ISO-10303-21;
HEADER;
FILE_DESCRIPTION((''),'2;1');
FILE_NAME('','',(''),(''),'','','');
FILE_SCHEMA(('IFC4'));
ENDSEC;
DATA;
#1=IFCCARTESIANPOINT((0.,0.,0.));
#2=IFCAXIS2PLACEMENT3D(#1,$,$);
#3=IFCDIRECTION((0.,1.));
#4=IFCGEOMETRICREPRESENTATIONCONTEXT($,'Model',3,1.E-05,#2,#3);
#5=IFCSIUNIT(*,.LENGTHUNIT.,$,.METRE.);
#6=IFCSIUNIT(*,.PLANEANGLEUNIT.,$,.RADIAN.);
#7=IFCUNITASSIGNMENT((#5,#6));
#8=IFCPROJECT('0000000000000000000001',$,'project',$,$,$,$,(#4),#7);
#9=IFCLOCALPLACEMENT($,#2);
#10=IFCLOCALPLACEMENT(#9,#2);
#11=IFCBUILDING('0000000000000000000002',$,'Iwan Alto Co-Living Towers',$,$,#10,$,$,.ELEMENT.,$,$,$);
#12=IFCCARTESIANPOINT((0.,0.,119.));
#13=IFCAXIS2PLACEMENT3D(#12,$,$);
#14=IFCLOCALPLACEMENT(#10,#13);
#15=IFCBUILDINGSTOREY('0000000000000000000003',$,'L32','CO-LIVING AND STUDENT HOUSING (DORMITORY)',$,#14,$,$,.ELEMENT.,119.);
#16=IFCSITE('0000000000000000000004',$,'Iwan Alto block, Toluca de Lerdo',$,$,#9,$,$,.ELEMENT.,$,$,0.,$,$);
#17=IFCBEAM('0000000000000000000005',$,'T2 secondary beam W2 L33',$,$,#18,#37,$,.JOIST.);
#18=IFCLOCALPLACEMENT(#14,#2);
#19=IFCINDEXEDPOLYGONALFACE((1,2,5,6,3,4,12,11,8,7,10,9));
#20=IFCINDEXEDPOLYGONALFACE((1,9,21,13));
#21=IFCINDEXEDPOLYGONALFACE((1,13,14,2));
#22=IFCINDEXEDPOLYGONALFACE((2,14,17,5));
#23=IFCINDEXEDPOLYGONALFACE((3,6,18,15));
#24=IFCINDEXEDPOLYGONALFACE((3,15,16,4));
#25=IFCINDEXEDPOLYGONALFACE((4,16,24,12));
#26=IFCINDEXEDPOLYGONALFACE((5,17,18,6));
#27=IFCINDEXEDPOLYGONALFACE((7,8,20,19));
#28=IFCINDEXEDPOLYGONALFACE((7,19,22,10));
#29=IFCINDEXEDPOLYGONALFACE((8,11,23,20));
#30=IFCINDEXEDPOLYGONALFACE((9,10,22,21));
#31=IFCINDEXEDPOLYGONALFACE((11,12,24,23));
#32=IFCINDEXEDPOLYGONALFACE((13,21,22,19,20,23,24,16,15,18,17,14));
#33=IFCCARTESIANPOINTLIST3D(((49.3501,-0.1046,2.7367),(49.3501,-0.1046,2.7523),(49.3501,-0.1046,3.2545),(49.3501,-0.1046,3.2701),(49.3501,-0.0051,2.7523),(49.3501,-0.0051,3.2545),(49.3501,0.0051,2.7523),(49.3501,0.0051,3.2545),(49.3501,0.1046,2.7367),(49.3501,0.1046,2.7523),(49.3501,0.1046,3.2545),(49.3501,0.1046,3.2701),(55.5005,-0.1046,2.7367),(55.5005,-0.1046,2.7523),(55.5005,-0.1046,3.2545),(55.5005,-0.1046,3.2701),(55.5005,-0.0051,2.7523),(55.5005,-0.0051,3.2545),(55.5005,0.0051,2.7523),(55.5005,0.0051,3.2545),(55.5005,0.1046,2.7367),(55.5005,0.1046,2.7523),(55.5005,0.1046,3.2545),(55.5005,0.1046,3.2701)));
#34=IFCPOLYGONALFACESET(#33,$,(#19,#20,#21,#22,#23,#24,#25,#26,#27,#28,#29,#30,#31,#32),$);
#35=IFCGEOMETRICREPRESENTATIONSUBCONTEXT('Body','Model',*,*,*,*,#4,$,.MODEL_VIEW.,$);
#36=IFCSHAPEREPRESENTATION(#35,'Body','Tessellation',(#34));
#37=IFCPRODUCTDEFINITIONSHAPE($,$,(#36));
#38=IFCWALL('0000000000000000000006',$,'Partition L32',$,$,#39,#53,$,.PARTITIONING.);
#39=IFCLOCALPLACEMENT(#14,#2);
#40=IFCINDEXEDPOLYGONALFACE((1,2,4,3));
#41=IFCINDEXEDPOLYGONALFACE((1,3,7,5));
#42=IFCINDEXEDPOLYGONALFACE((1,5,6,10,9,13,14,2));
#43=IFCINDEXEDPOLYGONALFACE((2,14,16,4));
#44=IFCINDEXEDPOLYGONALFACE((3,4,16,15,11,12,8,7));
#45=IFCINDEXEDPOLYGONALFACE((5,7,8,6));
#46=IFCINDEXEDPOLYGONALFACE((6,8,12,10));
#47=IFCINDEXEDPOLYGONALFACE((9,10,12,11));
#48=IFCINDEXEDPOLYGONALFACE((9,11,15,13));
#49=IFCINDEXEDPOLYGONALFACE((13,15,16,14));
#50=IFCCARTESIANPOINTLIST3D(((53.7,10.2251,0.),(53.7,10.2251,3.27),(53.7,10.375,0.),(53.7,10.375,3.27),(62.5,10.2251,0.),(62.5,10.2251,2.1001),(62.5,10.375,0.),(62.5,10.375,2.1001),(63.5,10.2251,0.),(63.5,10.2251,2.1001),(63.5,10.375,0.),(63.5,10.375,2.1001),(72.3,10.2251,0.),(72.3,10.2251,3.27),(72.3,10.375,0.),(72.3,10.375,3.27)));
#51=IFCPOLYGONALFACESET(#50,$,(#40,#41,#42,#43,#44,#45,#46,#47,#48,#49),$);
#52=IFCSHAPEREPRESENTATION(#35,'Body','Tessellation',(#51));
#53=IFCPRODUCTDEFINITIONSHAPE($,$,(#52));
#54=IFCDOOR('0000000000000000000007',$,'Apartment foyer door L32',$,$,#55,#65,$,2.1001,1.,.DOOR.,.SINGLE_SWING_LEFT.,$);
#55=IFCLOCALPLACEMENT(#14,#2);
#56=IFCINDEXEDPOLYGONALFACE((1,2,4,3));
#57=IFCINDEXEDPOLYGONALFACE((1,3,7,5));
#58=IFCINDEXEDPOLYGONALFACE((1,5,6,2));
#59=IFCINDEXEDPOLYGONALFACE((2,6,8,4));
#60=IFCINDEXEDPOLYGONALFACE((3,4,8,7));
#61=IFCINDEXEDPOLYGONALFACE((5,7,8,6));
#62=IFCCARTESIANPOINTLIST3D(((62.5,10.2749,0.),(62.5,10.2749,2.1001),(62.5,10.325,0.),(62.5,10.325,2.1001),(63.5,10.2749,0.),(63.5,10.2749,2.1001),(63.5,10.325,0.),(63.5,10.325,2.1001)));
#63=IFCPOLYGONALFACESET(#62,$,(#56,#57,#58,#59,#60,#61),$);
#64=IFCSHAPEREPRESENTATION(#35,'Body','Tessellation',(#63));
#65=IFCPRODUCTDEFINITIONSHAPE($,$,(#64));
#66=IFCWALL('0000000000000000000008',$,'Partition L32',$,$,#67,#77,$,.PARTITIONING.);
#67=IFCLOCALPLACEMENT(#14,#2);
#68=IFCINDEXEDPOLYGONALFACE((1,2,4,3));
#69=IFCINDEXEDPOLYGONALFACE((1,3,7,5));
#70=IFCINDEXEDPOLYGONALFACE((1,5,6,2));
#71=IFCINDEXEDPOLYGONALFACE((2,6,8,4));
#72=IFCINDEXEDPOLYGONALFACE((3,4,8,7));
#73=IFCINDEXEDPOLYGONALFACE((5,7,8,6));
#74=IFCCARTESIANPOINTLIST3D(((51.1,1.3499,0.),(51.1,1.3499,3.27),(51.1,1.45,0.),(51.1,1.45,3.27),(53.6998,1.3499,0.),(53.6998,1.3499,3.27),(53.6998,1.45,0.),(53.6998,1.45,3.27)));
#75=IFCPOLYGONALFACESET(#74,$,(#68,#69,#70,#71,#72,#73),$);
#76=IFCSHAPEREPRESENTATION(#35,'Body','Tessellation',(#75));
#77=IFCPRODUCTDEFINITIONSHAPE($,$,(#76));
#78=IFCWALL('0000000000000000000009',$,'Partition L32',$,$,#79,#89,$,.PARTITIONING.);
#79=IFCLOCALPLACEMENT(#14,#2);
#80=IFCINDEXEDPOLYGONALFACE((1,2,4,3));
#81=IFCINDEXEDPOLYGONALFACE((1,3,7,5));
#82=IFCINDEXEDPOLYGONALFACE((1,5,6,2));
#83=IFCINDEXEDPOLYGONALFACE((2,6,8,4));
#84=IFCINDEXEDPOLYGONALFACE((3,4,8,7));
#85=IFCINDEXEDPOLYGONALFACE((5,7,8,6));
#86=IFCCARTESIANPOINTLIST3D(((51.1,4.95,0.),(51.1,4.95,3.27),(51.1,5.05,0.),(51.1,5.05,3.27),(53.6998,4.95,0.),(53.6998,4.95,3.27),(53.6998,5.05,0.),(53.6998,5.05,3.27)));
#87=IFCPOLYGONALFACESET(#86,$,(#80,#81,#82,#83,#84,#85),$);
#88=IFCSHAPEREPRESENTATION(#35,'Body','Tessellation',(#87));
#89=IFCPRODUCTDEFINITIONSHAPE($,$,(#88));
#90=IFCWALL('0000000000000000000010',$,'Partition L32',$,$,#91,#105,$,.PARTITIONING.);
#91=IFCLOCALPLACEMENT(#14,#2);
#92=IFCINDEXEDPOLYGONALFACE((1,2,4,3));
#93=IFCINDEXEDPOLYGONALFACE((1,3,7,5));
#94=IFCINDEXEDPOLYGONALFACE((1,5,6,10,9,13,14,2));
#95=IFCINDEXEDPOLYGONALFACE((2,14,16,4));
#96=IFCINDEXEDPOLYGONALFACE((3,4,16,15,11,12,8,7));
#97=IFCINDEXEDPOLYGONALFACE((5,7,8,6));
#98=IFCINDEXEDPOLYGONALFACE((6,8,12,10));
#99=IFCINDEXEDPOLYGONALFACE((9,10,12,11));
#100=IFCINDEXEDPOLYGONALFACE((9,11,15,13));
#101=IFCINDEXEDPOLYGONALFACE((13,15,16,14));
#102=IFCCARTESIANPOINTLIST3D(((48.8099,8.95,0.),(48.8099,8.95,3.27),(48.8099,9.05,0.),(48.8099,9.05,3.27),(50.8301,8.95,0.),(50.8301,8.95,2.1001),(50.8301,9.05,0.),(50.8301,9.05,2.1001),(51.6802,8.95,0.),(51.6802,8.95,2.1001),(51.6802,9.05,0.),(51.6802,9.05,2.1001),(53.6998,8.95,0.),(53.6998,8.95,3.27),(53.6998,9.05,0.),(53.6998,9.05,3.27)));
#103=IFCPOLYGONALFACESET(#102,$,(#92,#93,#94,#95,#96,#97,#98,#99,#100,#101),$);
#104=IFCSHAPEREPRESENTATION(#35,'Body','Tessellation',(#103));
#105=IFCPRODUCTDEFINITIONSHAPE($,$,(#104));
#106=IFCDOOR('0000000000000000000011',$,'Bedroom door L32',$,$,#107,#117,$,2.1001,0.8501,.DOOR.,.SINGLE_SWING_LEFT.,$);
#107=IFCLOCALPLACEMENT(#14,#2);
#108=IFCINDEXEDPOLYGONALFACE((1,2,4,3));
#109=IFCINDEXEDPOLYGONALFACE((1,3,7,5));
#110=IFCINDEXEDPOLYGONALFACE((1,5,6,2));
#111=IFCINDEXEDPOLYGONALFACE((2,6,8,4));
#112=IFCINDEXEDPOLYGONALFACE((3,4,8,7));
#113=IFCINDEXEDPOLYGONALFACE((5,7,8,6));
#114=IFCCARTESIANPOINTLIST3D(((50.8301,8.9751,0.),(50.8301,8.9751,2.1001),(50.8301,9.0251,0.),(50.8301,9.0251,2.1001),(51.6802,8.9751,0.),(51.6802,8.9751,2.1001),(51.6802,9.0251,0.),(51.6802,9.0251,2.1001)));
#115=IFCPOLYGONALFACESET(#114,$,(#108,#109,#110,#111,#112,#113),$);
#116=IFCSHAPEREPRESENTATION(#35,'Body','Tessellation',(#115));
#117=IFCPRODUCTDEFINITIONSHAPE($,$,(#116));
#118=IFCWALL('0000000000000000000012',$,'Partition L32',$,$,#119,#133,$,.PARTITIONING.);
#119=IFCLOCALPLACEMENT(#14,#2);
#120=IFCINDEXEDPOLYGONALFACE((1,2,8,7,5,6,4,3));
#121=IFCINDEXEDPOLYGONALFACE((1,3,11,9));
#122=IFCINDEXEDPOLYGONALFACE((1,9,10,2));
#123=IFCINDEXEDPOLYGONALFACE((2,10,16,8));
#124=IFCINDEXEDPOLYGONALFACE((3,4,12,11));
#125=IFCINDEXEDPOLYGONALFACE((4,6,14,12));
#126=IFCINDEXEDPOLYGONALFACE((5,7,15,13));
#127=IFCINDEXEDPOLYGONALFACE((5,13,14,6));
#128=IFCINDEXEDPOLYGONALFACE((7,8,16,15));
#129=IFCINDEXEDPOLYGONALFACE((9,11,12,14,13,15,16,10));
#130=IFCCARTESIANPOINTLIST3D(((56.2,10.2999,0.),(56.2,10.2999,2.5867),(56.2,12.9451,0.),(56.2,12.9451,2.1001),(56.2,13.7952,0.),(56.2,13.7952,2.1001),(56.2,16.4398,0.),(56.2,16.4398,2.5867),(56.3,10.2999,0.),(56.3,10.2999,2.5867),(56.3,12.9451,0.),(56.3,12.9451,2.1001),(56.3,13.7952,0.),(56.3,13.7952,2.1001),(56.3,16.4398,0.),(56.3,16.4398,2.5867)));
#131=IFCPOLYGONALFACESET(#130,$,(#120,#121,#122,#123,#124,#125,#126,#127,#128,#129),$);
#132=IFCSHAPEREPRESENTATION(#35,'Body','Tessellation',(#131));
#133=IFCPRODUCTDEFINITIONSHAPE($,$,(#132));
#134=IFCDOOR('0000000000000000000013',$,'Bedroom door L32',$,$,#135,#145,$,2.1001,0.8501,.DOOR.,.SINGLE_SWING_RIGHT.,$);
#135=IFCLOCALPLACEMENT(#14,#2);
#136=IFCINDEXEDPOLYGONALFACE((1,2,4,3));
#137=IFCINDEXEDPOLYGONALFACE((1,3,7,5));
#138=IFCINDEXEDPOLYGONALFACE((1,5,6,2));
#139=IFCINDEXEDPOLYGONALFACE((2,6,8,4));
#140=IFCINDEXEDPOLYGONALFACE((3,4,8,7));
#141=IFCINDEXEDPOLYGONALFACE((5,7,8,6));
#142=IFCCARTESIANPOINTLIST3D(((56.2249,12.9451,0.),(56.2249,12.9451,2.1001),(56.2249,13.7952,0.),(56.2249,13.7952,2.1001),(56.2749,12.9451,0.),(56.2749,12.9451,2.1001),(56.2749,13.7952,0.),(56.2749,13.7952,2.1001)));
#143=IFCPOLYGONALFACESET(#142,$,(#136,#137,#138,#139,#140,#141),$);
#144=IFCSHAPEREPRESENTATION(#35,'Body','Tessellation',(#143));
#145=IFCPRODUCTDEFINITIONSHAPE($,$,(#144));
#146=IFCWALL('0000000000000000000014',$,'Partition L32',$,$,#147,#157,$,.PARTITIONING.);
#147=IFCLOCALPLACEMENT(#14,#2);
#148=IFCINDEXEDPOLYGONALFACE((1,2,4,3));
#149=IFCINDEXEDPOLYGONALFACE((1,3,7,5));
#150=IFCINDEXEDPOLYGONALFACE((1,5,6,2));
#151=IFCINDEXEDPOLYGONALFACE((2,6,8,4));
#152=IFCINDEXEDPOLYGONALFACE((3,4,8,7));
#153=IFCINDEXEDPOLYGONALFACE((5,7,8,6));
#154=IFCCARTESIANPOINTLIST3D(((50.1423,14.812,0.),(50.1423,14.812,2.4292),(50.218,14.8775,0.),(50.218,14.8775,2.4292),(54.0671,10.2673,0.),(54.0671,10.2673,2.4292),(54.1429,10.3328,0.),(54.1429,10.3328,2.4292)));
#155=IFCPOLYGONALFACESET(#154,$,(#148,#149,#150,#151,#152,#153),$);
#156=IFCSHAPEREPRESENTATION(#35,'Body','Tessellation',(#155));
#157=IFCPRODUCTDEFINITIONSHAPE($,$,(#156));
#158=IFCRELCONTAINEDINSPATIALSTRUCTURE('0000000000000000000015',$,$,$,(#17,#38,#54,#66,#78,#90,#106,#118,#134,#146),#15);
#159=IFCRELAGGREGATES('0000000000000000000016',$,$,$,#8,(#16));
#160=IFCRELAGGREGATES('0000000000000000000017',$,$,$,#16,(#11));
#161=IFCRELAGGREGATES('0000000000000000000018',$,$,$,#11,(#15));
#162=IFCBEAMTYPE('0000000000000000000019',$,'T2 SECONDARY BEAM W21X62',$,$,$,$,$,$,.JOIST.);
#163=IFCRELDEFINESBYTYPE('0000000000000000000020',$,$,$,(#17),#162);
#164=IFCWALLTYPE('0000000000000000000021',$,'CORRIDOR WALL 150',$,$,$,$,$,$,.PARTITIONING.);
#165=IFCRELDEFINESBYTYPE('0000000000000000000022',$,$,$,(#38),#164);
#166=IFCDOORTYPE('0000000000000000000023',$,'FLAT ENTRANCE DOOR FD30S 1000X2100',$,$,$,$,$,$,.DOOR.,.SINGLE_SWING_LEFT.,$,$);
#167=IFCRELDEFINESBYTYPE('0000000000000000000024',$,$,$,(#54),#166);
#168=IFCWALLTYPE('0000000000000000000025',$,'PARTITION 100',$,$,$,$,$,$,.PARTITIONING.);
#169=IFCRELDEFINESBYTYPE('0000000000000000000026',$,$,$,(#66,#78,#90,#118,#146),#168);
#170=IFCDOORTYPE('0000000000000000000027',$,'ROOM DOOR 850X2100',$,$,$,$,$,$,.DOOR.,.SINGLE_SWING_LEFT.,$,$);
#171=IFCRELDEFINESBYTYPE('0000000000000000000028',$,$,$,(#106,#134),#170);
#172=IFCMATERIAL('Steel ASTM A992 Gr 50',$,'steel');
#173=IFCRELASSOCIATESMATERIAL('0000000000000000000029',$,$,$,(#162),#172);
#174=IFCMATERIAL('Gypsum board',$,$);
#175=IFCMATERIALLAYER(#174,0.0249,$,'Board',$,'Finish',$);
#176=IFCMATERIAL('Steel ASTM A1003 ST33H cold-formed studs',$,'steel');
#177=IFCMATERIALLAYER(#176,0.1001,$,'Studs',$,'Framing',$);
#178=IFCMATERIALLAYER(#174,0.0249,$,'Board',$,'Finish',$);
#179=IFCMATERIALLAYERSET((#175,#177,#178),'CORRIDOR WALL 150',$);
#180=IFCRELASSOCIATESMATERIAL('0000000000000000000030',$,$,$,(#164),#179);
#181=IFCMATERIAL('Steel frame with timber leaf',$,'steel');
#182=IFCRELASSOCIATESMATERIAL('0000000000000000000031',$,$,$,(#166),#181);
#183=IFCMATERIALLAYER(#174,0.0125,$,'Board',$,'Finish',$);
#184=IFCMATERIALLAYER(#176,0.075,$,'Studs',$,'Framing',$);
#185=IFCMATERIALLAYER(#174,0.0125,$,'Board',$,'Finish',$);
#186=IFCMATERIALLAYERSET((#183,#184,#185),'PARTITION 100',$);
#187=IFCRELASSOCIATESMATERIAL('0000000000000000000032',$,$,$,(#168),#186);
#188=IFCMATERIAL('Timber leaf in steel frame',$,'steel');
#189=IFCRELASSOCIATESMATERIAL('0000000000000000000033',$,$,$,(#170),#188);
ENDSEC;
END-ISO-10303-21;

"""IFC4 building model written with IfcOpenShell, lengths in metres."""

from ifc_helpers import new_model, si_unit, direction, frame, frame_2d, origin, origin_2d, place, context, subcontext, project, spatial, rectangle, i_section, extrude, material, layer, layer_set, material_profile, profile_set, type_object, element, fill, save


model = new_model("IFC4")

# Units and contexts
model_context = context("Model", 3, precision=1e-05, world=origin(), true_north=direction((0.0, 1.0)))
body_context = subcontext(model_context, "Body", "Model", "MODEL_VIEW")
ifc_project = project(units=[si_unit("LENGTHUNIT", "METRE"), si_unit("PLANEANGLEUNIT", "RADIAN")], contexts=[model_context])

# Site, building, storey
site_placement = place(None, origin())
site = spatial("IfcSite", under=ifc_project, at=site_placement, Name="Iwan Alto block, Toluca de Lerdo", CompositionType="ELEMENT", RefElevation=0.0)
building_placement = place(site_placement, origin())
building = spatial("IfcBuilding", under=site, at=building_placement, Name="Iwan Alto Co-Living Towers", CompositionType="ELEMENT")
storey_placement = place(building_placement, frame((0.0, 0.0, 119.0)))
storey = spatial("IfcBuildingStorey", under=building, at=storey_placement, Name="L32", Description="CO-LIVING AND STUDENT HOUSING (DORMITORY)", CompositionType="ELEMENT", Elevation=119.0)

# Beam
ifc_material_1 = material(Name="Steel ASTM A992 Gr 50", Category="steel")
ifc_material_profile_1 = material_profile(ifc_material_1, i_section(OverallWidth=0.2092, OverallDepth=0.5334, WebThickness=0.0103, FlangeThickness=0.0156, at=origin_2d()), Name="W21X62")
ifc_profile_set_1 = profile_set([ifc_material_profile_1], Name="Steel ASTM A992 Gr 50")
beam_type_1 = type_object("IfcBeamType", Name="T2 SECONDARY BEAM W21X62", PredefinedType="JOIST", material=ifc_profile_set_1)
for number, where, z_axis, x_axis, name in (
    (1, (49.3501, 0.0, 3.0034), (1.0, 0.0, 0.0), (0.0, 1.0, 0.0), "T2 secondary beam W2 L33"),
):
    element("IfcBeam", number, at=place(storey_placement, frame(where, z_axis=z_axis, x_axis=x_axis)), inside=storey, type_object=beam_type_1, Name=name, PredefinedType="JOIST", context=body_context, shape_type="SweptSolid", body=[
        extrude(i_section(OverallWidth=0.2092, OverallDepth=0.5334, WebThickness=0.0103, FlangeThickness=0.0156, at=origin_2d()), origin(), (0.0, 0.0, 1.0), 6.1504),
    ])

# Wall, opening, door
ifc_material_2 = material(Name="Gypsum board")
ifc_layer_1 = layer(ifc_material_2, 0.0249, Name="Board", Category="Finish")
ifc_material_3 = material(Name="Steel ASTM A1003 ST33H cold-formed studs", Category="steel")
ifc_layer_2 = layer(ifc_material_3, 0.1001, Name="Studs", Category="Framing")
ifc_layer_3 = layer(ifc_material_2, 0.0249, Name="Board", Category="Finish")
ifc_layer_set_1 = layer_set([ifc_layer_1, ifc_layer_2, ifc_layer_3], Name="CORRIDOR WALL 150")
wall_type_1 = type_object("IfcWallType", Name="CORRIDOR WALL 150", PredefinedType="PARTITIONING", material=ifc_layer_set_1)
wall_1_placement = place(storey_placement, frame((53.7, 10.3, 0.0), z_axis=(0.0, 0.0, 1.0), x_axis=(1.0, 0.0, 0.0)))
wall_1 = element("IfcWall", 2, at=wall_1_placement, inside=storey, type_object=wall_type_1, Name="Partition L32", PredefinedType="PARTITIONING", context=body_context, shape_type="SweptSolid", body=[
    extrude(rectangle(XDim=18.6001, YDim=0.1499, at=frame_2d((9.3, 0.0))), origin(), (0.0, 0.0, 1.0), 3.27),
])
opening_1_placement = place(wall_1_placement, frame((8.8, 0.0, 0.0)))
opening_1 = element("IfcOpeningElement", 3, at=opening_1_placement, cuts=wall_1, PredefinedType="OPENING", context=body_context, shape_type="SweptSolid", body=[
    extrude(rectangle(XDim=1.0, YDim=2.1001, at=frame_2d((0.5, 1.05))), frame((0.0, 0.085, 0.0), z_axis=(0.0, -1.0, 0.0), x_axis=(1.0, 0.0, 0.0)), (0.0, 0.0, 1.0), 0.1699),
])
ifc_material_4 = material(Name="Steel frame with timber leaf", Category="steel")
door_type_1 = type_object("IfcDoorType", Name="FLAT ENTRANCE DOOR FD30S 1000X2100", OperationType="SINGLE_SWING_LEFT", PredefinedType="DOOR", material=ifc_material_4)
door_1_placement = place(opening_1_placement, origin())
door_1 = element("IfcDoor", 4, at=door_1_placement, inside=storey, type_object=door_type_1, Name="Apartment foyer door L32", OperationType="SINGLE_SWING_LEFT", OverallHeight=2.1001, OverallWidth=1.0, PredefinedType="DOOR", context=body_context, shape_type="SweptSolid", body=[
    extrude(rectangle(XDim=1.0, YDim=2.1001, at=frame_2d((0.5, 1.05))), frame((0.0, 0.0249, 0.0), z_axis=(0.0, -1.0, 0.0), x_axis=(1.0, 0.0, 0.0)), (0.0, 0.0, 1.0), 0.05),
])
fill(opening_1, door_1)

# Walls
ifc_layer_4 = layer(ifc_material_2, 0.0125, Name="Board", Category="Finish")
ifc_layer_5 = layer(ifc_material_3, 0.075, Name="Studs", Category="Framing")
ifc_layer_6 = layer(ifc_material_2, 0.0125, Name="Board", Category="Finish")
ifc_layer_set_2 = layer_set([ifc_layer_4, ifc_layer_5, ifc_layer_6], Name="PARTITION 100")
wall_type_2 = type_object("IfcWallType", Name="PARTITION 100", PredefinedType="PARTITIONING", material=ifc_layer_set_2)
for number, where, z_axis, x_axis, name in (
    (5, (51.1001, 1.3999, 0.0), (0.0, 0.0, 1.0), (1.0, 0.0, 0.0), "Partition L32"),
    (6, (51.1001, 5.0, 0.0), (0.0, 0.0, 1.0), (1.0, 0.0, 0.0), "Partition L32"),
):
    element("IfcWall", number, at=place(storey_placement, frame(where, z_axis=z_axis, x_axis=x_axis)), inside=storey, type_object=wall_type_2, Name=name, PredefinedType="PARTITIONING", context=body_context, shape_type="SweptSolid", body=[
        extrude(rectangle(XDim=2.5999, YDim=0.1001, at=frame_2d((1.2998, 0.0))), origin(), (0.0, 0.0, 1.0), 3.27),
    ])

# Walls, openings, doors
wall_2_placement = place(storey_placement, frame((48.8101, 9.0, 0.0), z_axis=(0.0, 0.0, 1.0), x_axis=(1.0, 0.0, 0.0)))
wall_2 = element("IfcWall", 7, at=wall_2_placement, inside=storey, type_object=wall_type_2, Name="Partition L32", PredefinedType="PARTITIONING", context=body_context, shape_type="SweptSolid", body=[
    extrude(rectangle(XDim=4.8899, YDim=0.1001, at=frame_2d((2.4448, 0.0))), origin(), (0.0, 0.0, 1.0), 3.27),
])
opening_2_placement = place(wall_2_placement, frame((2.02, 0.0, 0.0)))
opening_2 = element("IfcOpeningElement", 8, at=opening_2_placement, cuts=wall_2, PredefinedType="OPENING", context=body_context, shape_type="SweptSolid", body=[
    extrude(rectangle(XDim=0.8501, YDim=2.1001, at=frame_2d((0.425, 1.05))), frame((0.0, 0.0601, 0.0), z_axis=(0.0, -1.0, 0.0), x_axis=(1.0, 0.0, 0.0)), (0.0, 0.0, 1.0), 0.1201),
])
ifc_material_5 = material(Name="Timber leaf in steel frame", Category="steel")
door_type_2 = type_object("IfcDoorType", Name="ROOM DOOR 850X2100", OperationType="SINGLE_SWING_LEFT", PredefinedType="DOOR", material=ifc_material_5)
door_2_placement = place(opening_2_placement, frame((0.8501, 0.0, 0.0), z_axis=(0.0, 0.0, 1.0), x_axis=(-1.0, 0.0, 0.0)))
door_2 = element("IfcDoor", 9, at=door_2_placement, inside=storey, type_object=door_type_2, Name="Bedroom door L32", OperationType="SINGLE_SWING_LEFT", OverallHeight=2.1001, OverallWidth=0.8501, PredefinedType="DOOR", context=body_context, shape_type="SweptSolid", body=[
    extrude(rectangle(XDim=0.8501, YDim=2.1001, at=frame_2d((0.425, 1.05))), frame((0.0, 0.0249, 0.0), z_axis=(0.0, -1.0, 0.0), x_axis=(1.0, 0.0, 0.0)), (0.0, 0.0, 1.0), 0.05),
])
fill(opening_2, door_2)
wall_3_placement = place(storey_placement, frame((56.25, 10.3, 0.0), z_axis=(0.0, 0.0, 1.0), x_axis=(0.0, 1.0, 0.0)))
wall_3 = element("IfcWall", 10, at=wall_3_placement, inside=storey, type_object=wall_type_2, Name="Partition L32", PredefinedType="PARTITIONING", context=body_context, shape_type="SweptSolid", body=[
    extrude(rectangle(XDim=6.1399, YDim=0.1001, at=frame_2d((3.0698, 0.0))), origin(), (0.0, 0.0, 1.0), 2.5867),
])
opening_3_placement = place(wall_3_placement, frame((2.645, 0.0, 0.0)))
opening_3 = element("IfcOpeningElement", 11, at=opening_3_placement, cuts=wall_3, PredefinedType="OPENING", context=body_context, shape_type="SweptSolid", body=[
    extrude(rectangle(XDim=0.8501, YDim=2.1001, at=frame_2d((0.425, 1.05))), frame((0.0, 0.0601, 0.0), z_axis=(0.0, -1.0, 0.0), x_axis=(1.0, 0.0, 0.0)), (0.0, 0.0, 1.0), 0.1201),
])
door_3_placement = place(opening_3_placement, frame((0.8501, 0.0, 0.0), z_axis=(0.0, 0.0, 1.0), x_axis=(-1.0, 0.0, 0.0)))
door_3 = element("IfcDoor", 12, at=door_3_placement, inside=storey, type_object=door_type_2, Name="Bedroom door L32", OperationType="SINGLE_SWING_RIGHT", OverallHeight=2.1001, OverallWidth=0.8501, PredefinedType="DOOR", context=body_context, shape_type="SweptSolid", body=[
    extrude(rectangle(XDim=0.8501, YDim=2.1001, at=frame_2d((0.425, 1.05))), frame((0.0, 0.0249, 0.0), z_axis=(0.0, -1.0, 0.0), x_axis=(1.0, 0.0, 0.0)), (0.0, 0.0, 1.0), 0.05),
])
fill(opening_3, door_3)

# Wall
wall_4_placement = place(storey_placement, frame((54.105, 10.3, 0.0), z_axis=(0.0, 0.0, 1.0), x_axis=(-0.653606, 0.756835, 0.0)))
element("IfcWall", 13, at=wall_4_placement, inside=storey, type_object=wall_type_2, Name="Partition L32", PredefinedType="PARTITIONING", context=body_context, shape_type="SweptSolid", body=[
    extrude(rectangle(XDim=6.0049, YDim=0.1001, at=frame_2d((3.0024, 0.0))), origin(), (0.0, 0.0, 1.0), 2.4292),
])

save(model, "model.ifc")
